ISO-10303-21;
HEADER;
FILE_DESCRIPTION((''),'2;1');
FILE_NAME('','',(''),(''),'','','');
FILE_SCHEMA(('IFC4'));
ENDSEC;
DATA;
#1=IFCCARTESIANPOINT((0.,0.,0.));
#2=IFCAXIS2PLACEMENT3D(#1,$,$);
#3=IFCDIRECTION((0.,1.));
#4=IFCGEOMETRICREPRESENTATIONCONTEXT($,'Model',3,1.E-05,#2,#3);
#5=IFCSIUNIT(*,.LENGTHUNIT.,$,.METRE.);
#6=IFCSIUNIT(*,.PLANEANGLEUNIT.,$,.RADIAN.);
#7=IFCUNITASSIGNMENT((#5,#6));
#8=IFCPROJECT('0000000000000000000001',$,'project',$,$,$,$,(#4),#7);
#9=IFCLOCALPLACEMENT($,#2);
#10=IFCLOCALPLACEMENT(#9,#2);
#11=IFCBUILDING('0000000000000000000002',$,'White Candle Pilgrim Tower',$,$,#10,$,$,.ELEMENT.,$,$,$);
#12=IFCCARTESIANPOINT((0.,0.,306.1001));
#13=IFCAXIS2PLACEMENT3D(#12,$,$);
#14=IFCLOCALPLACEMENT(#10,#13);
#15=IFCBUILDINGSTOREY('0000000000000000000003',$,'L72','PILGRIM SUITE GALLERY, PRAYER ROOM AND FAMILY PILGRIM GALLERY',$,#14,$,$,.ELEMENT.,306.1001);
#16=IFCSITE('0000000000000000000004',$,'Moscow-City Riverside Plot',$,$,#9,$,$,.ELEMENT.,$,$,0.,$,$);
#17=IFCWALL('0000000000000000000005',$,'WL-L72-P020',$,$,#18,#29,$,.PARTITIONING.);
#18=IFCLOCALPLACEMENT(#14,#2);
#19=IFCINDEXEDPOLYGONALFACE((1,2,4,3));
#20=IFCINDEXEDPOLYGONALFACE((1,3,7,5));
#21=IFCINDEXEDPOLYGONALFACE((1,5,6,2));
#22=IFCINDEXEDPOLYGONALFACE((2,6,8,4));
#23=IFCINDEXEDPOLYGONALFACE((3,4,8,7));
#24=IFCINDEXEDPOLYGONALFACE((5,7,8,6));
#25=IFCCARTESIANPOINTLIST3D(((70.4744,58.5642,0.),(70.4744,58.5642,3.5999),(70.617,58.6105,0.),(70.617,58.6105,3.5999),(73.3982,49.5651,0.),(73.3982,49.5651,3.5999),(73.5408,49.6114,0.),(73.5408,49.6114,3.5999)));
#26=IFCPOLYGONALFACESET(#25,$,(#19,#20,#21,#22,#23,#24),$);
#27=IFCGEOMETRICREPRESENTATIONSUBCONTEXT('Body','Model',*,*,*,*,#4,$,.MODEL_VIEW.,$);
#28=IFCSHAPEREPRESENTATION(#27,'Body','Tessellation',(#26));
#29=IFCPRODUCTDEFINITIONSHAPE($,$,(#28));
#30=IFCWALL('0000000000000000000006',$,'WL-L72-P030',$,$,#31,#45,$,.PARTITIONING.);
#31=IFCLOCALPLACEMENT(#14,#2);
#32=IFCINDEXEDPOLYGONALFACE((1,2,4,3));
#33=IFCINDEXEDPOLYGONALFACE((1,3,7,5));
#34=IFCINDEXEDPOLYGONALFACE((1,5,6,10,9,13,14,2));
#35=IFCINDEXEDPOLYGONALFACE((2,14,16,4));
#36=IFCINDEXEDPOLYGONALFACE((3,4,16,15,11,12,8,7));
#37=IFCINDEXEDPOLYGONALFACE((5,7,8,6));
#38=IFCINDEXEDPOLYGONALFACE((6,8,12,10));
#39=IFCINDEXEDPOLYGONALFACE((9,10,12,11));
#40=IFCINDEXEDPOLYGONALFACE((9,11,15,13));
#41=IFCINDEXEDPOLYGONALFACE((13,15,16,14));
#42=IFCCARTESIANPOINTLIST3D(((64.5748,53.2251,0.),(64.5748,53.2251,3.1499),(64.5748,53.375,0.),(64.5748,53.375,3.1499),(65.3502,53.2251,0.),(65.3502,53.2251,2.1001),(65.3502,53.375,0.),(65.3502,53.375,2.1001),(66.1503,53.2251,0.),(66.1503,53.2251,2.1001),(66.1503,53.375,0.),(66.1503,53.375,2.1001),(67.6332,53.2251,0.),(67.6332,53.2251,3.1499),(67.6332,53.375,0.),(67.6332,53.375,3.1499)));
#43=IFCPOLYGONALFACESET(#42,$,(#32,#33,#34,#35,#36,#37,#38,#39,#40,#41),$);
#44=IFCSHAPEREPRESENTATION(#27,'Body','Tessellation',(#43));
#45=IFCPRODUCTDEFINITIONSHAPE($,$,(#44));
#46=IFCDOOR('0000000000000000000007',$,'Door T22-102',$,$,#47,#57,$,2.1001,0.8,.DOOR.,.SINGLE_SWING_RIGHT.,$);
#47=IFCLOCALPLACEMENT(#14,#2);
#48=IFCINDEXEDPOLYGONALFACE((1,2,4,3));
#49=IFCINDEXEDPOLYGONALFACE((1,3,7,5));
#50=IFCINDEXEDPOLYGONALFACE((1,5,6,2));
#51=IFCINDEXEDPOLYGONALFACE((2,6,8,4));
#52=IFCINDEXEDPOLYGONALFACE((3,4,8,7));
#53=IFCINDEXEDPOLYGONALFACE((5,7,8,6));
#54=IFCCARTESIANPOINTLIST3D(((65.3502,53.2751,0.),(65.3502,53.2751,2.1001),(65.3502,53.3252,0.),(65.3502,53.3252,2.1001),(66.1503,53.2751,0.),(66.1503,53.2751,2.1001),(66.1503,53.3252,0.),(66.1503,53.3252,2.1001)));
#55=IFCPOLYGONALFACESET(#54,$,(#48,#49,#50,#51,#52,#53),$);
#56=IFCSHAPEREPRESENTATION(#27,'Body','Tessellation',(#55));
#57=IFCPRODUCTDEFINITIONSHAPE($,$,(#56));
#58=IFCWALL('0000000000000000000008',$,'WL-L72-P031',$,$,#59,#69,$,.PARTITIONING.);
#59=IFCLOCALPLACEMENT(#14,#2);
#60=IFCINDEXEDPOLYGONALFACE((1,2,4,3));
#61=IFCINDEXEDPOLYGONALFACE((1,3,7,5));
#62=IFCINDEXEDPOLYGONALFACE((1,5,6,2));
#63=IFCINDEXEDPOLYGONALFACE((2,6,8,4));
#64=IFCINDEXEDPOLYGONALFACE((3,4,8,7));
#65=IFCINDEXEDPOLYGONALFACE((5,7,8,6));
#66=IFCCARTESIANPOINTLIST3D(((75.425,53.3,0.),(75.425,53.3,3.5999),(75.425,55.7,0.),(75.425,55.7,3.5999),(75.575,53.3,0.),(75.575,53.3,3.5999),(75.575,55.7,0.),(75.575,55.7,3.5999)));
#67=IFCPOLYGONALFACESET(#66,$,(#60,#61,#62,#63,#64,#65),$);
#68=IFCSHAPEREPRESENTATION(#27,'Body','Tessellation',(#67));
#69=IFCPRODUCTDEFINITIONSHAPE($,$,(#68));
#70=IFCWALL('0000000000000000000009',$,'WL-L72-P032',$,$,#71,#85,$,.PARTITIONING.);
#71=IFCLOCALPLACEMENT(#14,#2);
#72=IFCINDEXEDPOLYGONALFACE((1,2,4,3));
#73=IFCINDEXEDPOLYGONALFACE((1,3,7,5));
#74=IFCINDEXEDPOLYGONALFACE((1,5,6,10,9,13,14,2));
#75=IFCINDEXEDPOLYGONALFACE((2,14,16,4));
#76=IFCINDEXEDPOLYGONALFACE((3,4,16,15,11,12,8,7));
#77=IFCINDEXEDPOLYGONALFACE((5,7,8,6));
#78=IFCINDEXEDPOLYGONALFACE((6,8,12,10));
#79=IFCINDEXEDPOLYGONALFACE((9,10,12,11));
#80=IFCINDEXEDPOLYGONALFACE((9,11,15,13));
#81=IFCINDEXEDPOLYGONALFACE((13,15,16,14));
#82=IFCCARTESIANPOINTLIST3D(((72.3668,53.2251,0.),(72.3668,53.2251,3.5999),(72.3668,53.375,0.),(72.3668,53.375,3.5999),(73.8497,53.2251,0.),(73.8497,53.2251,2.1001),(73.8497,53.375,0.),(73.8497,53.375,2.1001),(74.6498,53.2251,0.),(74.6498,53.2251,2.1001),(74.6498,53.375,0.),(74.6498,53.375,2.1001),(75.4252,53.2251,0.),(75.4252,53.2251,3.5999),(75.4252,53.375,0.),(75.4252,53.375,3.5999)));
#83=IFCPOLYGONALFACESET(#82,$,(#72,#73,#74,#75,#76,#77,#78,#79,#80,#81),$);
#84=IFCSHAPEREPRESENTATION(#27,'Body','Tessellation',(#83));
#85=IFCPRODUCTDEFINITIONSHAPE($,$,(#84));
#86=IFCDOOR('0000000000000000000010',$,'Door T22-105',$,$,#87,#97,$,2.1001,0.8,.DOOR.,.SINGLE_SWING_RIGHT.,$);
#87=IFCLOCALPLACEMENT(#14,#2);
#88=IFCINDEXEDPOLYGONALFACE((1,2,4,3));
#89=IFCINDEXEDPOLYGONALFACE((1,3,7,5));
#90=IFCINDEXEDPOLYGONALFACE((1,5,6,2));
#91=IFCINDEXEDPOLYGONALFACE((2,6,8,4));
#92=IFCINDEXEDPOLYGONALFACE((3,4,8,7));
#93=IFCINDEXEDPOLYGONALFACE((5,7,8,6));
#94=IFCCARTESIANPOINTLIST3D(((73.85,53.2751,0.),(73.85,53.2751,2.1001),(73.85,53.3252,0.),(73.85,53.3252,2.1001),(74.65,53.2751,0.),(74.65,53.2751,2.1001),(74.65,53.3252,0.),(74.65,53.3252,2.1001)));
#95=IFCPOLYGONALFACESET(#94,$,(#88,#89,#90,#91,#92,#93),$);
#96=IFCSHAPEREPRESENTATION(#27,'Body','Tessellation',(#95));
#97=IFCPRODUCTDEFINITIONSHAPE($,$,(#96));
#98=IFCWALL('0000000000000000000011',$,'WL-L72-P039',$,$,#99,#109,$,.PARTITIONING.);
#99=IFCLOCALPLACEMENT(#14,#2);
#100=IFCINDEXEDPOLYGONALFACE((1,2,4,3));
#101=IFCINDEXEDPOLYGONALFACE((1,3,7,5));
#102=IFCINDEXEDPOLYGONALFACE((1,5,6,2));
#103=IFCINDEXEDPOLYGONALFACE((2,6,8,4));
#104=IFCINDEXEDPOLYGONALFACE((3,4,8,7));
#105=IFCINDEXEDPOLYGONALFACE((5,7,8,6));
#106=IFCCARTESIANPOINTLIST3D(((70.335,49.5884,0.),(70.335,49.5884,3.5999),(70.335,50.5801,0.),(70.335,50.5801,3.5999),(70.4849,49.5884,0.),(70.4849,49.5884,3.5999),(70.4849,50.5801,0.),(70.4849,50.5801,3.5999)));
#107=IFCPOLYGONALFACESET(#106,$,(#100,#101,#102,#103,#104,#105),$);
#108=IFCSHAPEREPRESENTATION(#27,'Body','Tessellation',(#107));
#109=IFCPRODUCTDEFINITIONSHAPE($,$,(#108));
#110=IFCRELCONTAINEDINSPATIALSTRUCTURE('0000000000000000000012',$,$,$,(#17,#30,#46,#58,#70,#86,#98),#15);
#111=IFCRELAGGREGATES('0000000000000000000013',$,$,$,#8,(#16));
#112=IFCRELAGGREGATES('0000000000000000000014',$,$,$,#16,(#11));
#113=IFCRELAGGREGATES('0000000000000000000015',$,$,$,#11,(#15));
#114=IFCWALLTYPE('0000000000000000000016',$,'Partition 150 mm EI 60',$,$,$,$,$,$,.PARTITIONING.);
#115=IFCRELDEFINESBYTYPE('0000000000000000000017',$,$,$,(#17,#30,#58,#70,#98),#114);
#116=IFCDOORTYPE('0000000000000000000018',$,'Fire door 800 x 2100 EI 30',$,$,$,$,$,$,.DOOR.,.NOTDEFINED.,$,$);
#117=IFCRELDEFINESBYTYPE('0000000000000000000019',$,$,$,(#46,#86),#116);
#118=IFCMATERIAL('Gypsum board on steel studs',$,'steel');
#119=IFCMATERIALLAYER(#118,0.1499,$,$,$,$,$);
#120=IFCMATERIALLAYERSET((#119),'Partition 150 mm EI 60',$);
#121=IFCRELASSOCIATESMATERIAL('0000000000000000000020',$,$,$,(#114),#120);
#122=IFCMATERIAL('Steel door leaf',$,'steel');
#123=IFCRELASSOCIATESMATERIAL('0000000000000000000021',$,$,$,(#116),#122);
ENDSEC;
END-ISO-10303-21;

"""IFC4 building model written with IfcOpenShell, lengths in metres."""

from ifc_helpers import new_model, si_unit, direction, frame, frame_2d, origin, place, context, subcontext, project, spatial, rectangle, extrude, material, layer, layer_set, type_object, element, fill, save


model = new_model("IFC4")

# Units and contexts
model_context = context("Model", 3, precision=1e-05, world=origin(), true_north=direction((0.0, 1.0)))
body_context = subcontext(model_context, "Body", "Model", "MODEL_VIEW")
ifc_project = project(units=[si_unit("LENGTHUNIT", "METRE"), si_unit("PLANEANGLEUNIT", "RADIAN")], contexts=[model_context])

# Site, building, storey
site_placement = place(None, origin())
site = spatial("IfcSite", under=ifc_project, at=site_placement, Name="Moscow-City Riverside Plot", CompositionType="ELEMENT", RefElevation=0.0)
building_placement = place(site_placement, origin())
building = spatial("IfcBuilding", under=site, at=building_placement, Name="White Candle Pilgrim Tower", CompositionType="ELEMENT")
storey_placement = place(building_placement, frame((0.0, 0.0, 306.1001)))
storey = spatial("IfcBuildingStorey", under=building, at=storey_placement, Name="L72", Description="PILGRIM SUITE GALLERY, PRAYER ROOM AND FAMILY PILGRIM GALLERY", CompositionType="ELEMENT", Elevation=306.1001)

# Shared definitions
ifc_material_1 = material(Name="Gypsum board on steel studs", Category="steel")

# Wall
ifc_layer_1 = layer(ifc_material_1, 0.1499)
ifc_layer_set_1 = layer_set([ifc_layer_1], Name="Partition 150 mm EI 60")
wall_type_1 = type_object("IfcWallType", Name="Partition 150 mm EI 60", PredefinedType="PARTITIONING", material=ifc_layer_set_1)
wall_1_placement = place(storey_placement, frame((73.4695, 49.5884, 0.0), z_axis=(0.0, 0.0, 1.0), x_axis=(-0.309004, 0.951061, 0.0)))
element("IfcWall", 1, at=wall_1_placement, inside=storey, type_object=wall_type_1, Name="WL-L72-P020", PredefinedType="PARTITIONING", context=body_context, shape_type="SweptSolid", body=[
    extrude(rectangle(XDim=9.4622, YDim=0.1499, at=frame_2d((4.731, 0.0))), origin(), (0.0, 0.0, 1.0), 3.5999),
])

# Wall, opening, door
wall_2_placement = place(storey_placement, frame((67.6333, 53.3, 0.0), z_axis=(0.0, 0.0, 1.0), x_axis=(-1.0, 0.0, 0.0)))
wall_2 = element("IfcWall", 2, at=wall_2_placement, inside=storey, type_object=wall_type_1, Name="WL-L72-P030", PredefinedType="PARTITIONING", context=body_context, shape_type="SweptSolid", body=[
    extrude(rectangle(XDim=3.0583, YDim=0.1499, at=frame_2d((1.5293, 0.0))), origin(), (0.0, 0.0, 1.0), 3.1499),
])
opening_1_placement = place(wall_2_placement, frame((1.4832, 0.0, 0.0)))
opening_1 = element("IfcOpeningElement", 3, at=opening_1_placement, cuts=wall_2, PredefinedType="OPENING", context=body_context, shape_type="SweptSolid", body=[
    extrude(rectangle(XDim=0.8, YDim=2.1001, at=frame_2d((0.3999, 1.05))), frame((0.0, 0.085, 0.0), z_axis=(0.0, -1.0, 0.0), x_axis=(1.0, 0.0, 0.0)), (0.0, 0.0, 1.0), 0.1699),
])
ifc_material_2 = material(Name="Steel door leaf", Category="steel")
door_type = type_object("IfcDoorType", Name="Fire door 800 x 2100 EI 30", OperationType="NOTDEFINED", PredefinedType="DOOR", material=ifc_material_2)
door_1_placement = place(opening_1_placement, origin())
door_1 = element("IfcDoor", 4, at=door_1_placement, inside=storey, type_object=door_type, Name="Door T22-102", OperationType="SINGLE_SWING_RIGHT", OverallHeight=2.1001, OverallWidth=0.8, PredefinedType="DOOR", context=body_context, shape_type="SweptSolid", body=[
    extrude(rectangle(XDim=0.8, YDim=2.1001, at=frame_2d((0.3999, 1.05))), frame((0.0, 0.0249, 0.0), z_axis=(0.0, -1.0, 0.0), x_axis=(1.0, 0.0, 0.0)), (0.0, 0.0, 1.0), 0.05),
])
fill(opening_1, door_1)

# Wall
wall_3_placement = place(storey_placement, frame((75.5, 55.7, 0.0), z_axis=(0.0, 0.0, 1.0), x_axis=(0.0, -1.0, 0.0)))
element("IfcWall", 5, at=wall_3_placement, inside=storey, type_object=wall_type_1, Name="WL-L72-P031", PredefinedType="PARTITIONING", context=body_context, shape_type="SweptSolid", body=[
    extrude(rectangle(XDim=2.3999, YDim=0.1499, at=frame_2d((1.2, 0.0))), origin(), (0.0, 0.0, 1.0), 3.5999),
])

# Wall, opening, door
wall_4_placement = place(storey_placement, frame((72.3667, 53.3, 0.0), z_axis=(0.0, 0.0, 1.0), x_axis=(1.0, 0.0, 0.0)))
wall_4 = element("IfcWall", 6, at=wall_4_placement, inside=storey, type_object=wall_type_1, Name="WL-L72-P032", PredefinedType="PARTITIONING", context=body_context, shape_type="SweptSolid", body=[
    extrude(rectangle(XDim=3.0583, YDim=0.1499, at=frame_2d((1.5293, 0.0))), origin(), (0.0, 0.0, 1.0), 3.5999),
])
opening_2_placement = place(wall_4_placement, frame((1.4832, 0.0, 0.0)))
opening_2 = element("IfcOpeningElement", 7, at=opening_2_placement, cuts=wall_4, PredefinedType="OPENING", context=body_context, shape_type="SweptSolid", body=[
    extrude(rectangle(XDim=0.8, YDim=2.1001, at=frame_2d((0.3999, 1.05))), frame((0.0, 0.085, 0.0), z_axis=(0.0, -1.0, 0.0), x_axis=(1.0, 0.0, 0.0)), (0.0, 0.0, 1.0), 0.1699),
])
door_2_placement = place(opening_2_placement, frame((0.8, 0.0, 0.0), z_axis=(0.0, 0.0, 1.0), x_axis=(-1.0, 0.0, 0.0)))
door_2 = element("IfcDoor", 8, at=door_2_placement, inside=storey, type_object=door_type, Name="Door T22-105", OperationType="SINGLE_SWING_RIGHT", OverallHeight=2.1001, OverallWidth=0.8, PredefinedType="DOOR", context=body_context, shape_type="SweptSolid", body=[
    extrude(rectangle(XDim=0.8, YDim=2.1001, at=frame_2d((0.3999, 1.05))), frame((0.0, 0.0249, 0.0), z_axis=(0.0, -1.0, 0.0), x_axis=(1.0, 0.0, 0.0)), (0.0, 0.0, 1.0), 0.05),
])
fill(opening_2, door_2)

# Wall
wall_5_placement = place(storey_placement, frame((70.4099, 50.5801, 0.0), z_axis=(0.0, 0.0, 1.0), x_axis=(0.0, -1.0, 0.0)))
element("IfcWall", 9, at=wall_5_placement, inside=storey, type_object=wall_type_1, Name="WL-L72-P039", PredefinedType="PARTITIONING", context=body_context, shape_type="SweptSolid", body=[
    extrude(rectangle(XDim=0.9917, YDim=0.1499, at=frame_2d((0.4958, 0.0))), origin(), (0.0, 0.0, 1.0), 3.5999),
])

save(model, "model.ifc")
